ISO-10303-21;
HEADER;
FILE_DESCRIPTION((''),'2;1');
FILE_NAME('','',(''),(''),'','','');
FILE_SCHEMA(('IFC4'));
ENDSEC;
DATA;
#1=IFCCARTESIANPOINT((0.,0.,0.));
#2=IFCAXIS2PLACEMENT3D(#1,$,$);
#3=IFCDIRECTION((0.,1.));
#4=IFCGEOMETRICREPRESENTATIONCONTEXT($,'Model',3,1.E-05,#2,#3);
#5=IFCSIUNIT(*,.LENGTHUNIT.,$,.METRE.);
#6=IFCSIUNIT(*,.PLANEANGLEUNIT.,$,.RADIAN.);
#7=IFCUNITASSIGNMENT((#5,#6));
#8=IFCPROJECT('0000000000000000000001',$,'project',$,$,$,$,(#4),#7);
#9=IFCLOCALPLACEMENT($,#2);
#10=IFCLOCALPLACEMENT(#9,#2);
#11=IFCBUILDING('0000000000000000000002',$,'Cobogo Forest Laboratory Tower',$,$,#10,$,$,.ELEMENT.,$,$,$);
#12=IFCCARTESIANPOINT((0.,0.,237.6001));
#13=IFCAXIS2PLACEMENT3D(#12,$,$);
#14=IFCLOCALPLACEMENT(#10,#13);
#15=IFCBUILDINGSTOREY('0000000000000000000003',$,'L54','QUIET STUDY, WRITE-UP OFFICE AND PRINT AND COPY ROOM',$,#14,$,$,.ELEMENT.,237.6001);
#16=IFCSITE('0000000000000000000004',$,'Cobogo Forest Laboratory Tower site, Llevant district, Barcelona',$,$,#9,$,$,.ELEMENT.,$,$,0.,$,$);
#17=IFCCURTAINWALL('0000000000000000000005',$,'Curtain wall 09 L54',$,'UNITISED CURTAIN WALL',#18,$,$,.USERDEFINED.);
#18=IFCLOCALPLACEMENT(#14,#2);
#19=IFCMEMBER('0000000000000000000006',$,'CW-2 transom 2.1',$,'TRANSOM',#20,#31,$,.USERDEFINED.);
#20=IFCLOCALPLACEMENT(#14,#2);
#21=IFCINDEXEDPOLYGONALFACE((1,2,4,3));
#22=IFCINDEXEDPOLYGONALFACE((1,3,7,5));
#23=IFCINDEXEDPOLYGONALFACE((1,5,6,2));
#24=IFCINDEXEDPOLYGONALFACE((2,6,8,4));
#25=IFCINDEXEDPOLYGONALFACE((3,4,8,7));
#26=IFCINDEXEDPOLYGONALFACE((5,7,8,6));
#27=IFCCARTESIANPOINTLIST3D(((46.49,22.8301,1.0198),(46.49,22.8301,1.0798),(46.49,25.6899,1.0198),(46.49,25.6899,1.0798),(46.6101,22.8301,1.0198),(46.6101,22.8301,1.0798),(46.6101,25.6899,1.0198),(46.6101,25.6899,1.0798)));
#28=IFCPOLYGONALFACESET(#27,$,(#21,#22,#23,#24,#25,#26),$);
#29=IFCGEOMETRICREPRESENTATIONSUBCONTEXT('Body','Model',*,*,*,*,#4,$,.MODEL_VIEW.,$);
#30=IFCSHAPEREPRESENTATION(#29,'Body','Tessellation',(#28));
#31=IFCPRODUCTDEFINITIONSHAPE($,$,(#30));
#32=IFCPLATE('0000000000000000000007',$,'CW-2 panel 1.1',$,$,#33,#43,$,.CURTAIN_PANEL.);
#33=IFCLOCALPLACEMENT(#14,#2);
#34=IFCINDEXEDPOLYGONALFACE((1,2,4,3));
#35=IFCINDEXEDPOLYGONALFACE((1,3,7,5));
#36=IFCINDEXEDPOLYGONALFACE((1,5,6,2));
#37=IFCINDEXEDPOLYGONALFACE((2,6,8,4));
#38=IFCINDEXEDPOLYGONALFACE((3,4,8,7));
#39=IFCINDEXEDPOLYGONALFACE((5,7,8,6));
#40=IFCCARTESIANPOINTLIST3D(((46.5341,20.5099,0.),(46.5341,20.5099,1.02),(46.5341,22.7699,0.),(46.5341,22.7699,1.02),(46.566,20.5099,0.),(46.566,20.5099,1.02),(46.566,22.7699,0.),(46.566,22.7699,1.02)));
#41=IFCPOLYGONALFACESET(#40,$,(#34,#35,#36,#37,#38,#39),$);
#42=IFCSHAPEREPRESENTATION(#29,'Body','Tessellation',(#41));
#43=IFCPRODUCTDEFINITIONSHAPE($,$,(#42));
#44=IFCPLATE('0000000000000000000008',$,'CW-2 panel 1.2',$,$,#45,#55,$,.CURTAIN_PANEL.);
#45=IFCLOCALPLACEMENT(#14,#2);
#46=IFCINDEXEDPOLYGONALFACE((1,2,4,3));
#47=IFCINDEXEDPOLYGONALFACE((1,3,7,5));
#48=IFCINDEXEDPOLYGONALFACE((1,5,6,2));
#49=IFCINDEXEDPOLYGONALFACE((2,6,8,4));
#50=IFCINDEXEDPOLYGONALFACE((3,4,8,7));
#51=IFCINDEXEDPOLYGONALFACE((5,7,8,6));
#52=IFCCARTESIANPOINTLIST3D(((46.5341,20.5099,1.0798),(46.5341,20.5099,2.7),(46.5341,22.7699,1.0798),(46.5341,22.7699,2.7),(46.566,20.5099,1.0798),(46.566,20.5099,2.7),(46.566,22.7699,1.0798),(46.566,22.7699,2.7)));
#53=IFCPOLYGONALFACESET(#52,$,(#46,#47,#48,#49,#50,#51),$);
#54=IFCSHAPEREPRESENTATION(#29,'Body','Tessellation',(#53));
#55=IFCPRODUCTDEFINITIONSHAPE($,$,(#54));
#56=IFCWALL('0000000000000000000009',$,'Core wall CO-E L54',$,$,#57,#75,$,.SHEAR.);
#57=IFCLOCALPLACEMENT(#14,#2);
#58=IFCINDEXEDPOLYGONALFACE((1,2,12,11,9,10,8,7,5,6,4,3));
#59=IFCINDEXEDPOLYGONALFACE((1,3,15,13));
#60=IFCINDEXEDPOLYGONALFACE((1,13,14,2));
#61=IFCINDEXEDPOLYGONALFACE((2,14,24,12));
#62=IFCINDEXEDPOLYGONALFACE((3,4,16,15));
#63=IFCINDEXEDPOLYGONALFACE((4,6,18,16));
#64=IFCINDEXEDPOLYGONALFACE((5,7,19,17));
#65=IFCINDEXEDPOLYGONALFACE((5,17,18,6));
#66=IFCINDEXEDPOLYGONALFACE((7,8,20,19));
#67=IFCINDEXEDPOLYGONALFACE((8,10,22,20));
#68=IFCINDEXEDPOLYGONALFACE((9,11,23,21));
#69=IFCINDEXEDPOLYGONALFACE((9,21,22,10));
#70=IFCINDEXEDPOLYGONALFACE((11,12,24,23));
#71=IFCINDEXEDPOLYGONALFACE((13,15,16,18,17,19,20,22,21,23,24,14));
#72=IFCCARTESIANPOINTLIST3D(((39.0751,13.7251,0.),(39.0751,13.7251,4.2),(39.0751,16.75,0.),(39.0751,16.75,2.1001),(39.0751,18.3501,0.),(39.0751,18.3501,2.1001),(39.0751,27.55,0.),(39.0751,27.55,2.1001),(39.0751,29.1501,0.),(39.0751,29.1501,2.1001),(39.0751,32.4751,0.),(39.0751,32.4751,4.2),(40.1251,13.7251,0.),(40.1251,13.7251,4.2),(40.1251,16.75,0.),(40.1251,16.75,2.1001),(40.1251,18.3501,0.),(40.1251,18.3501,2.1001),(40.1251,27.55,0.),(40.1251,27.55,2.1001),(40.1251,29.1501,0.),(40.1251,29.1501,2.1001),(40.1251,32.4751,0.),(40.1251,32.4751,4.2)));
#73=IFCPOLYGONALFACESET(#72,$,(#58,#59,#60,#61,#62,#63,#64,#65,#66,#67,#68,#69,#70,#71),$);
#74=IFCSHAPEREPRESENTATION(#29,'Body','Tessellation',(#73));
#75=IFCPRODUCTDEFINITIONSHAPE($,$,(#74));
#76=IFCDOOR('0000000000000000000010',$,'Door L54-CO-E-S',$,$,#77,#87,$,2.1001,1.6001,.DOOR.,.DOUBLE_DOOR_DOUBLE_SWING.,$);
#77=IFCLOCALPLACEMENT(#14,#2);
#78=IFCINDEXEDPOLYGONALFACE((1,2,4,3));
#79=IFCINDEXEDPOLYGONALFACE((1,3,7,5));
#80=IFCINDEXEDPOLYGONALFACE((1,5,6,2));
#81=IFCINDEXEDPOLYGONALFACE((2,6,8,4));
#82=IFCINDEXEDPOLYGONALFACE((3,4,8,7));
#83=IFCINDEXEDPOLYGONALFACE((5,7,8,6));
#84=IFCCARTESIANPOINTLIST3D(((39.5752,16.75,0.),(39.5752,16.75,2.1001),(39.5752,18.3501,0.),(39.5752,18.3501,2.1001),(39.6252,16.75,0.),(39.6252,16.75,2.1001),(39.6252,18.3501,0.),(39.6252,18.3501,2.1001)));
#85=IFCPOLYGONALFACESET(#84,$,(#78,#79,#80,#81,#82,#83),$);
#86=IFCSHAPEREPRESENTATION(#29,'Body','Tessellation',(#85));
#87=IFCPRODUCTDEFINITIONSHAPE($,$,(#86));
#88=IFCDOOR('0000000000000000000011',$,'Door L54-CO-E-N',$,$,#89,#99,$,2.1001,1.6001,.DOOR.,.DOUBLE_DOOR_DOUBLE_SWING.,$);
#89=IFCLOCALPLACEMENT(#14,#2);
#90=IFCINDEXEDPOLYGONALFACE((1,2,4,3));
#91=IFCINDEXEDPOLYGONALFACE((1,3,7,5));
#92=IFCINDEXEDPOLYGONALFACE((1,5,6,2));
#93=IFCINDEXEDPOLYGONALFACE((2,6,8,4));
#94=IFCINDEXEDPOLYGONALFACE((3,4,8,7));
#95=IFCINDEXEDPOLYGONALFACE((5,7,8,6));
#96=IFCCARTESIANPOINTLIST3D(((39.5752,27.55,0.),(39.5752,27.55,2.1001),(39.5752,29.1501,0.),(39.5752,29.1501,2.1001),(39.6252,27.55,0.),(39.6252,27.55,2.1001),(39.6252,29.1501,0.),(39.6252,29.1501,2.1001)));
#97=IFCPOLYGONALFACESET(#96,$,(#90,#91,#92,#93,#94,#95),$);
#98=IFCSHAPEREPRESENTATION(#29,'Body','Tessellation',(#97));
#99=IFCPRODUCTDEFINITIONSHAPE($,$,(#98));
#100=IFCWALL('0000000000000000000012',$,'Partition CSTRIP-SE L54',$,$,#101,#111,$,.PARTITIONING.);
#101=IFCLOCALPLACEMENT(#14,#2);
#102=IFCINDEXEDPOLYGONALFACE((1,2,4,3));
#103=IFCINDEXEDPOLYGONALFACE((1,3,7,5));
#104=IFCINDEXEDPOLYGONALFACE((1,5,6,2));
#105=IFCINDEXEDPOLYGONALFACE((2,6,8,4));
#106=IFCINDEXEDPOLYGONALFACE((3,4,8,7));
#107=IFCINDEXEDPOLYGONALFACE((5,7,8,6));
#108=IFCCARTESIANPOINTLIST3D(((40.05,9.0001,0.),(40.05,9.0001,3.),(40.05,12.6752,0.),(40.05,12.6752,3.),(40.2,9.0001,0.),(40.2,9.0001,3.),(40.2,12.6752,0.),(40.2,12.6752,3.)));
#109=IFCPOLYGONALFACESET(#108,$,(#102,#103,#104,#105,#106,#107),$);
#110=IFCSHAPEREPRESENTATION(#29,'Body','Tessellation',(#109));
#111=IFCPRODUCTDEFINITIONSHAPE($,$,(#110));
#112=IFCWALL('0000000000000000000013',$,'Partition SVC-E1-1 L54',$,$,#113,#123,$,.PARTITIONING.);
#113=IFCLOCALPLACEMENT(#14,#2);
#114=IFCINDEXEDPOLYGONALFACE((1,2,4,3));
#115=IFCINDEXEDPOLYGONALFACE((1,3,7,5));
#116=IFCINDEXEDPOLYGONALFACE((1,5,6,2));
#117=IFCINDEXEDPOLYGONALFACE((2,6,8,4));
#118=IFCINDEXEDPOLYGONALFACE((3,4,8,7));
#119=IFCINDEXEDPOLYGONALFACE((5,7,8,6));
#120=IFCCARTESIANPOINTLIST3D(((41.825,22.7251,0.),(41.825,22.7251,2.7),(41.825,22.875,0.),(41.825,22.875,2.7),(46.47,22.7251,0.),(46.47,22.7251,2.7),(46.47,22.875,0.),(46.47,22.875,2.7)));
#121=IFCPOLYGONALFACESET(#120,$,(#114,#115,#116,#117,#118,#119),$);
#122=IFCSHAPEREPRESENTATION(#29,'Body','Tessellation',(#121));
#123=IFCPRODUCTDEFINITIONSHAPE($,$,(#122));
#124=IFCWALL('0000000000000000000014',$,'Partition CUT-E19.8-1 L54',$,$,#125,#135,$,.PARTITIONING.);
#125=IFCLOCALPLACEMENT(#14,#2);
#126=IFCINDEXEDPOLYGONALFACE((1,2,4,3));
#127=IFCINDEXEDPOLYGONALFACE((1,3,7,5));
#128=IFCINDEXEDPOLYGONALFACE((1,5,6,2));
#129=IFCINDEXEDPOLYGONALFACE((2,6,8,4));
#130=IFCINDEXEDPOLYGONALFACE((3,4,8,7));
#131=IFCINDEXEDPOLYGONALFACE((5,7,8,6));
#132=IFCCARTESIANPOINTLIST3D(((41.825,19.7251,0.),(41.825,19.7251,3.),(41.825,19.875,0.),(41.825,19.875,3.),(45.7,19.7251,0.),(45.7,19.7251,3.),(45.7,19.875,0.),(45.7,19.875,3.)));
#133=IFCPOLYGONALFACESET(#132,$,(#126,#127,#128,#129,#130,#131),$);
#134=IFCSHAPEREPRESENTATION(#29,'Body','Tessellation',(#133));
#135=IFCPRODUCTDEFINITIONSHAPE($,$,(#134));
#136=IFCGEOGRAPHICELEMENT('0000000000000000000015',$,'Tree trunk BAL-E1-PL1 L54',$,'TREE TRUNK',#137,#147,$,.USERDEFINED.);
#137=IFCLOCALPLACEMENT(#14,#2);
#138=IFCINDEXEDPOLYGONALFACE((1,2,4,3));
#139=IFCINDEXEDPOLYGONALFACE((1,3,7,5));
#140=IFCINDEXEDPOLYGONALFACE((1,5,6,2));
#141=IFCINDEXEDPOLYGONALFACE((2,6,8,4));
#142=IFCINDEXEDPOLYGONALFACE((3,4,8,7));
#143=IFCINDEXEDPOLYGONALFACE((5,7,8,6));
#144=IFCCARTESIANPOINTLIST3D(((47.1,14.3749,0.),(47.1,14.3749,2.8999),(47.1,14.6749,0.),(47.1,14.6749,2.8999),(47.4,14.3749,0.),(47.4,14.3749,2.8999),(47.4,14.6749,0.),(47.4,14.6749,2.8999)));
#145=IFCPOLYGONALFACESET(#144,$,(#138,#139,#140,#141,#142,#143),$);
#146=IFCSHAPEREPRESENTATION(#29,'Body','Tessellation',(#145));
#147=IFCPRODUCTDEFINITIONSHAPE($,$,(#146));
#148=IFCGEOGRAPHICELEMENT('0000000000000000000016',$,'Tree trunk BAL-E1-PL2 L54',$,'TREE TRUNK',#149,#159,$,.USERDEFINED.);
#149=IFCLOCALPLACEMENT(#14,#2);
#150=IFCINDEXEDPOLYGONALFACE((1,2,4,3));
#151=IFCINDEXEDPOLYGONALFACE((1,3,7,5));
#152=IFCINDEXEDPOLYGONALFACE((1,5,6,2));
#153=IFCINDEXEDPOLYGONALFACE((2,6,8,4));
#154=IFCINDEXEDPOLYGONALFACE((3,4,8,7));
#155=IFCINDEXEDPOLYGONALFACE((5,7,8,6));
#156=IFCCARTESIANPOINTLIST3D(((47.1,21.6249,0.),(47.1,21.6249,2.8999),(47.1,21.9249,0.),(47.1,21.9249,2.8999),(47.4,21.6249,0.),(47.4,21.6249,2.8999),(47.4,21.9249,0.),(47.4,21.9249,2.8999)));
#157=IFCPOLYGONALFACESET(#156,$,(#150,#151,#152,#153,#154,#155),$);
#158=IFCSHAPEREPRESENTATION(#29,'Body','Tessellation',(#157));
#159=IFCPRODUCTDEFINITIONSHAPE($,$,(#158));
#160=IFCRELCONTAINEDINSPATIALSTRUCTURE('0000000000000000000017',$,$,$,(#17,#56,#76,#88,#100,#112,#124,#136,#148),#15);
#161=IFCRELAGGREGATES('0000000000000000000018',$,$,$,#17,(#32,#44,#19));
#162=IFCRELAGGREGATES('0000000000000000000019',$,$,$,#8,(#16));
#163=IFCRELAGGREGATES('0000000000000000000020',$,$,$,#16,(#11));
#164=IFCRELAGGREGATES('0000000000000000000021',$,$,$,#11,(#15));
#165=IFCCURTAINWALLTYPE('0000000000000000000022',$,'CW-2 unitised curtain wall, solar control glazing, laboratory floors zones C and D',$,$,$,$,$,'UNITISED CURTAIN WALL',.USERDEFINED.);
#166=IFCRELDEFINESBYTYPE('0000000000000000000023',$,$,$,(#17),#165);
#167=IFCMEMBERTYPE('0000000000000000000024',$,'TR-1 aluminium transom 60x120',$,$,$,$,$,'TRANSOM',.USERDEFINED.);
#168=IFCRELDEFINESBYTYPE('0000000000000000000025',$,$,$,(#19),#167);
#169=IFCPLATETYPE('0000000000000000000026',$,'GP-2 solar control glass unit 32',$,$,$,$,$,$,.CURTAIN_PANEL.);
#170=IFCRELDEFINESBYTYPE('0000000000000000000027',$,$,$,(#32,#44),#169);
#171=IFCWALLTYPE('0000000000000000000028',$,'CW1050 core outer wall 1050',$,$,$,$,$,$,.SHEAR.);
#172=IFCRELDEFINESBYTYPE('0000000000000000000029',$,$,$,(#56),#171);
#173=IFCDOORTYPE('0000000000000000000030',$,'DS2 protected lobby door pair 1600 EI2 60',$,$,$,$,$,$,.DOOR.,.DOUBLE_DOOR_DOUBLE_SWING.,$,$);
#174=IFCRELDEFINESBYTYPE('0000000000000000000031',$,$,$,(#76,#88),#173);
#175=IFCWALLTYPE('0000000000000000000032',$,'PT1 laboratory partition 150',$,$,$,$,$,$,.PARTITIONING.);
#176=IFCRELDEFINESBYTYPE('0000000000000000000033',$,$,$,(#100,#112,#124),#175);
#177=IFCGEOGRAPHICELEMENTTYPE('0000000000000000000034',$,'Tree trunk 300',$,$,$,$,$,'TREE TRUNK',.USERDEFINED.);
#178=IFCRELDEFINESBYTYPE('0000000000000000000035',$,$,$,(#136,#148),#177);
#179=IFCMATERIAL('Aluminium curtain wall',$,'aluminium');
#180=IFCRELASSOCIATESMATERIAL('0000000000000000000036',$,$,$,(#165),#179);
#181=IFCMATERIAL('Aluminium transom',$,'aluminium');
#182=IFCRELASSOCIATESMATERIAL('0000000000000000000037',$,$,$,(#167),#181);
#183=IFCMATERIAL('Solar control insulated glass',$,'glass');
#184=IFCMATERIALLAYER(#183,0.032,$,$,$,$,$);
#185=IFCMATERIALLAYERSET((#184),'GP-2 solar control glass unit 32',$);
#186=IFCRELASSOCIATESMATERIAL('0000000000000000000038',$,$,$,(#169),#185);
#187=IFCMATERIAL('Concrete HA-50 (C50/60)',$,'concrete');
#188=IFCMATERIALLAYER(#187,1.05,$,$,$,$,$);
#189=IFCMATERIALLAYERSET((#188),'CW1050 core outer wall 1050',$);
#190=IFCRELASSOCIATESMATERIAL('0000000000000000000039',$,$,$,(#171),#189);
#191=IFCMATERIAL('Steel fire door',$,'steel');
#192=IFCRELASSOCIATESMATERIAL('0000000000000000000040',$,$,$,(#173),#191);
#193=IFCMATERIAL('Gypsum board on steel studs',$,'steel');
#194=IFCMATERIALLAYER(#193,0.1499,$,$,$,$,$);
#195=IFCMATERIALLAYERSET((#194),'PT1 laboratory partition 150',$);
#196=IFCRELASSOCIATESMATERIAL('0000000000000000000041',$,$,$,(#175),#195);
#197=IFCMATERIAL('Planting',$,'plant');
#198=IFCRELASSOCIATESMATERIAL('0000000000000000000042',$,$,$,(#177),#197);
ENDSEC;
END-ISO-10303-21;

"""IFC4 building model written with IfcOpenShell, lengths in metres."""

from ifc_helpers import new_model, si_unit, direction, frame, frame_2d, origin, origin_2d, place, context, subcontext, project, spatial, rectangle, extrude, material, layer, layer_set, material_profile, profile_set, type_object, element, fill, aggregate, save


model = new_model("IFC4")

# Units and contexts
model_context = context("Model", 3, precision=1e-05, world=origin(), true_north=direction((0.0, 1.0)))
body_context = subcontext(model_context, "Body", "Model", "MODEL_VIEW")
ifc_project = project(units=[si_unit("LENGTHUNIT", "METRE"), si_unit("PLANEANGLEUNIT", "RADIAN")], contexts=[model_context])

# Site, building, storey
site_placement = place(None, origin())
site = spatial("IfcSite", under=ifc_project, at=site_placement, Name="Cobogo Forest Laboratory Tower site, Llevant district, Barcelona", CompositionType="ELEMENT", RefElevation=0.0)
building_placement = place(site_placement, origin())
building = spatial("IfcBuilding", under=site, at=building_placement, Name="Cobogo Forest Laboratory Tower", CompositionType="ELEMENT")
storey_placement = place(building_placement, frame((0.0, 0.0, 237.6001)))
storey = spatial("IfcBuildingStorey", under=building, at=storey_placement, Name="L54", Description="QUIET STUDY, WRITE-UP OFFICE AND PRINT AND COPY ROOM", CompositionType="ELEMENT", Elevation=237.6001)

# Shared definitions
ifc_material_1 = material(Name="Concrete HA-50 (C50/60)", Category="concrete")

# Curtain wall
ifc_material_2 = material(Name="Aluminium curtain wall", Category="aluminium")
curtain_wall_type = type_object("IfcCurtainWallType", Name="CW-2 unitised curtain wall, solar control glazing, laboratory floors zones C and D", ElementType="UNITISED CURTAIN WALL", PredefinedType="USERDEFINED", material=ifc_material_2)
curtain_wall_placement = place(storey_placement, origin())
curtain_wall = element("IfcCurtainWall", 1, at=curtain_wall_placement, inside=storey, type_object=curtain_wall_type, Name="Curtain wall 09 L54", ObjectType="UNITISED CURTAIN WALL", PredefinedType="USERDEFINED")

# Member
ifc_material_3 = material(Name="Aluminium transom", Category="aluminium")
ifc_material_profile_1 = material_profile(ifc_material_3, rectangle(XDim=0.1201, YDim=0.0601, at=origin_2d()), Name="AL 60x120")
ifc_profile_set_1 = profile_set([ifc_material_profile_1], Name="Aluminium transom")
member_type_1 = type_object("IfcMemberType", Name="TR-1 aluminium transom 60x120", ElementType="TRANSOM", PredefinedType="USERDEFINED", material=ifc_profile_set_1)
member_1_placement = place(storey_placement, frame((46.55, 22.8301, 1.0498), z_axis=(0.0, 1.0, 0.0), x_axis=(-1.0, 0.0, 0.0)))
member_1 = element("IfcMember", 2, at=member_1_placement, type_object=member_type_1, Name="CW-2 transom 2.1", ObjectType="TRANSOM", PredefinedType="USERDEFINED", context=body_context, shape_type="SweptSolid", body=[
    extrude(rectangle(XDim=0.1201, YDim=0.0601, at=origin_2d()), origin(), (0.0, 0.0, 1.0), 2.8599),
])

# Plates
ifc_material_4 = material(Name="Solar control insulated glass", Category="glass")
ifc_layer_1 = layer(ifc_material_4, 0.032)
ifc_layer_set_1 = layer_set([ifc_layer_1], Name="GP-2 solar control glass unit 32")
plate_type = type_object("IfcPlateType", Name="GP-2 solar control glass unit 32", PredefinedType="CURTAIN_PANEL", material=ifc_layer_set_1)
plate_1_placement = place(storey_placement, frame((46.55, 21.6399, 0.0), z_axis=(0.0, 0.0, 1.0), x_axis=(0.0, 1.0, 0.0)))
plate_1 = element("IfcPlate", 3, at=plate_1_placement, type_object=plate_type, Name="CW-2 panel 1.1", PredefinedType="CURTAIN_PANEL", context=body_context, shape_type="SweptSolid", body=[
    extrude(rectangle(XDim=2.26, YDim=0.032, at=origin_2d()), origin(), (0.0, 0.0, 1.0), 1.02),
])
plate_2_placement = place(storey_placement, frame((46.55, 21.6399, 1.0798), z_axis=(0.0, 0.0, 1.0), x_axis=(0.0, 1.0, 0.0)))
plate_2 = element("IfcPlate", 4, at=plate_2_placement, type_object=plate_type, Name="CW-2 panel 1.2", PredefinedType="CURTAIN_PANEL", context=body_context, shape_type="SweptSolid", body=[
    extrude(rectangle(XDim=2.26, YDim=0.032, at=origin_2d()), origin(), (0.0, 0.0, 1.0), 1.6201),
])
aggregate(curtain_wall, [plate_1, plate_2, member_1])

# Wall, openings, doors
ifc_layer_2 = layer(ifc_material_1, 1.05)
ifc_layer_set_2 = layer_set([ifc_layer_2], Name="CW1050 core outer wall 1050")
wall_type_1 = type_object("IfcWallType", Name="CW1050 core outer wall 1050", PredefinedType="SHEAR", material=ifc_layer_set_2)
wall_1_placement = place(storey_placement, frame((39.6001, 13.7251, 0.0), z_axis=(0.0, 0.0, 1.0), x_axis=(0.0, 1.0, 0.0)))
wall_1 = element("IfcWall", 5, at=wall_1_placement, inside=storey, type_object=wall_type_1, Name="Core wall CO-E L54", PredefinedType="SHEAR", context=body_context, shape_type="SweptSolid", body=[
    extrude(rectangle(XDim=18.75, YDim=1.05, at=frame_2d((9.375, 0.0))), origin(), (0.0, 0.0, 1.0), 4.2),
])
opening_1_placement = place(wall_1_placement, frame((3.0249, 0.0, 0.0)))
opening_1 = element("IfcOpeningElement", 6, at=opening_1_placement, cuts=wall_1, PredefinedType="OPENING", context=body_context, shape_type="SweptSolid", body=[
    extrude(rectangle(XDim=1.6001, YDim=2.1001, at=frame_2d((0.8, 1.05))), frame((0.0, 0.5349, 0.0), z_axis=(0.0, -1.0, 0.0), x_axis=(1.0, 0.0, 0.0)), (0.0, 0.0, 1.0), 1.0701),
])
opening_2_placement = place(wall_1_placement, frame((13.825, 0.0, 0.0)))
opening_2 = element("IfcOpeningElement", 7, at=opening_2_placement, cuts=wall_1, PredefinedType="OPENING", context=body_context, shape_type="SweptSolid", body=[
    extrude(rectangle(XDim=1.6001, YDim=2.1001, at=frame_2d((0.8, 1.05))), frame((0.0, 0.5349, 0.0), z_axis=(0.0, -1.0, 0.0), x_axis=(1.0, 0.0, 0.0)), (0.0, 0.0, 1.0), 1.0701),
])
ifc_material_5 = material(Name="Steel fire door", Category="steel")
door_type_1 = type_object("IfcDoorType", Name="DS2 protected lobby door pair 1600 EI2 60", OperationType="DOUBLE_DOOR_DOUBLE_SWING", PredefinedType="DOOR", material=ifc_material_5)
door_1_placement = place(opening_1_placement, origin())
door_1 = element("IfcDoor", 8, at=door_1_placement, inside=storey, type_object=door_type_1, Name="Door L54-CO-E-S", OperationType="DOUBLE_DOOR_DOUBLE_SWING", OverallHeight=2.1001, OverallWidth=1.6001, PredefinedType="DOOR", context=body_context, shape_type="SweptSolid", body=[
    extrude(rectangle(XDim=1.6001, YDim=2.1001, at=frame_2d((0.8, 1.05))), frame((0.0, 0.0249, 0.0), z_axis=(0.0, -1.0, 0.0), x_axis=(1.0, 0.0, 0.0)), (0.0, 0.0, 1.0), 0.05),
])
fill(opening_1, door_1)
door_2_placement = place(opening_2_placement, origin())
door_2 = element("IfcDoor", 9, at=door_2_placement, inside=storey, type_object=door_type_1, Name="Door L54-CO-E-N", OperationType="DOUBLE_DOOR_DOUBLE_SWING", OverallHeight=2.1001, OverallWidth=1.6001, PredefinedType="DOOR", context=body_context, shape_type="SweptSolid", body=[
    extrude(rectangle(XDim=1.6001, YDim=2.1001, at=frame_2d((0.8, 1.05))), frame((0.0, 0.0249, 0.0), z_axis=(0.0, -1.0, 0.0), x_axis=(1.0, 0.0, 0.0)), (0.0, 0.0, 1.0), 0.05),
])
fill(opening_2, door_2)

# Walls
ifc_material_6 = material(Name="Gypsum board on steel studs", Category="steel")
ifc_layer_3 = layer(ifc_material_6, 0.1499)
ifc_layer_set_3 = layer_set([ifc_layer_3], Name="PT1 laboratory partition 150")
wall_type_2 = type_object("IfcWallType", Name="PT1 laboratory partition 150", PredefinedType="PARTITIONING", material=ifc_layer_set_3)
wall_2_placement = place(storey_placement, frame((40.125, 12.675, 0.0), z_axis=(0.0, 0.0, 1.0), x_axis=(0.0, -1.0, 0.0)))
element("IfcWall", 10, at=wall_2_placement, inside=storey, type_object=wall_type_2, Name="Partition CSTRIP-SE L54", PredefinedType="PARTITIONING", context=body_context, shape_type="SweptSolid", body=[
    extrude(rectangle(XDim=3.675, YDim=0.1499, at=frame_2d((1.8374, 0.0))), origin(), (0.0, 0.0, 1.0), 3.0),
])
wall_3_placement = place(storey_placement, frame((46.47, 22.8, 0.0), z_axis=(0.0, 0.0, 1.0), x_axis=(-1.0, 0.0, 0.0)))
element("IfcWall", 11, at=wall_3_placement, inside=storey, type_object=wall_type_2, Name="Partition SVC-E1-1 L54", PredefinedType="PARTITIONING", context=body_context, shape_type="SweptSolid", body=[
    extrude(rectangle(XDim=4.645, YDim=0.1499, at=frame_2d((2.3225, 0.0))), origin(), (0.0, 0.0, 1.0), 2.7),
])
wall_4_placement = place(storey_placement, frame((45.7, 19.8, 0.0), z_axis=(0.0, 0.0, 1.0), x_axis=(-1.0, 0.0, 0.0)))
element("IfcWall", 12, at=wall_4_placement, inside=storey, type_object=wall_type_2, Name="Partition CUT-E19.8-1 L54", PredefinedType="PARTITIONING", context=body_context, shape_type="SweptSolid", body=[
    extrude(rectangle(XDim=3.875, YDim=0.1499, at=frame_2d((1.9375, 0.0))), origin(), (0.0, 0.0, 1.0), 3.0),
])

# Geographic elements
ifc_material_7 = material(Name="Planting", Category="plant")
geographic_element_type = type_object("IfcGeographicElementType", Name="Tree trunk 300", ElementType="TREE TRUNK", PredefinedType="USERDEFINED", material=ifc_material_7)
for number, where, z_axis, x_axis, name in (
    (13, (47.25, 14.5249, 0.0), (0.0, 0.0, 1.0), (1.0, 0.0, 0.0), "Tree trunk BAL-E1-PL1 L54"),
    (14, (47.25, 21.7749, 0.0), (0.0, 0.0, 1.0), (1.0, 0.0, 0.0), "Tree trunk BAL-E1-PL2 L54"),
):
    element("IfcGeographicElement", number, at=place(storey_placement, frame(where, z_axis=z_axis, x_axis=x_axis)), inside=storey, type_object=geographic_element_type, Name=name, ObjectType="TREE TRUNK", PredefinedType="USERDEFINED", context=body_context, shape_type="SweptSolid", body=[
        extrude(rectangle(XDim=0.3, YDim=0.3, at=origin_2d()), origin(), (0.0, 0.0, 1.0), 2.8999),
    ])

save(model, "model.ifc")
